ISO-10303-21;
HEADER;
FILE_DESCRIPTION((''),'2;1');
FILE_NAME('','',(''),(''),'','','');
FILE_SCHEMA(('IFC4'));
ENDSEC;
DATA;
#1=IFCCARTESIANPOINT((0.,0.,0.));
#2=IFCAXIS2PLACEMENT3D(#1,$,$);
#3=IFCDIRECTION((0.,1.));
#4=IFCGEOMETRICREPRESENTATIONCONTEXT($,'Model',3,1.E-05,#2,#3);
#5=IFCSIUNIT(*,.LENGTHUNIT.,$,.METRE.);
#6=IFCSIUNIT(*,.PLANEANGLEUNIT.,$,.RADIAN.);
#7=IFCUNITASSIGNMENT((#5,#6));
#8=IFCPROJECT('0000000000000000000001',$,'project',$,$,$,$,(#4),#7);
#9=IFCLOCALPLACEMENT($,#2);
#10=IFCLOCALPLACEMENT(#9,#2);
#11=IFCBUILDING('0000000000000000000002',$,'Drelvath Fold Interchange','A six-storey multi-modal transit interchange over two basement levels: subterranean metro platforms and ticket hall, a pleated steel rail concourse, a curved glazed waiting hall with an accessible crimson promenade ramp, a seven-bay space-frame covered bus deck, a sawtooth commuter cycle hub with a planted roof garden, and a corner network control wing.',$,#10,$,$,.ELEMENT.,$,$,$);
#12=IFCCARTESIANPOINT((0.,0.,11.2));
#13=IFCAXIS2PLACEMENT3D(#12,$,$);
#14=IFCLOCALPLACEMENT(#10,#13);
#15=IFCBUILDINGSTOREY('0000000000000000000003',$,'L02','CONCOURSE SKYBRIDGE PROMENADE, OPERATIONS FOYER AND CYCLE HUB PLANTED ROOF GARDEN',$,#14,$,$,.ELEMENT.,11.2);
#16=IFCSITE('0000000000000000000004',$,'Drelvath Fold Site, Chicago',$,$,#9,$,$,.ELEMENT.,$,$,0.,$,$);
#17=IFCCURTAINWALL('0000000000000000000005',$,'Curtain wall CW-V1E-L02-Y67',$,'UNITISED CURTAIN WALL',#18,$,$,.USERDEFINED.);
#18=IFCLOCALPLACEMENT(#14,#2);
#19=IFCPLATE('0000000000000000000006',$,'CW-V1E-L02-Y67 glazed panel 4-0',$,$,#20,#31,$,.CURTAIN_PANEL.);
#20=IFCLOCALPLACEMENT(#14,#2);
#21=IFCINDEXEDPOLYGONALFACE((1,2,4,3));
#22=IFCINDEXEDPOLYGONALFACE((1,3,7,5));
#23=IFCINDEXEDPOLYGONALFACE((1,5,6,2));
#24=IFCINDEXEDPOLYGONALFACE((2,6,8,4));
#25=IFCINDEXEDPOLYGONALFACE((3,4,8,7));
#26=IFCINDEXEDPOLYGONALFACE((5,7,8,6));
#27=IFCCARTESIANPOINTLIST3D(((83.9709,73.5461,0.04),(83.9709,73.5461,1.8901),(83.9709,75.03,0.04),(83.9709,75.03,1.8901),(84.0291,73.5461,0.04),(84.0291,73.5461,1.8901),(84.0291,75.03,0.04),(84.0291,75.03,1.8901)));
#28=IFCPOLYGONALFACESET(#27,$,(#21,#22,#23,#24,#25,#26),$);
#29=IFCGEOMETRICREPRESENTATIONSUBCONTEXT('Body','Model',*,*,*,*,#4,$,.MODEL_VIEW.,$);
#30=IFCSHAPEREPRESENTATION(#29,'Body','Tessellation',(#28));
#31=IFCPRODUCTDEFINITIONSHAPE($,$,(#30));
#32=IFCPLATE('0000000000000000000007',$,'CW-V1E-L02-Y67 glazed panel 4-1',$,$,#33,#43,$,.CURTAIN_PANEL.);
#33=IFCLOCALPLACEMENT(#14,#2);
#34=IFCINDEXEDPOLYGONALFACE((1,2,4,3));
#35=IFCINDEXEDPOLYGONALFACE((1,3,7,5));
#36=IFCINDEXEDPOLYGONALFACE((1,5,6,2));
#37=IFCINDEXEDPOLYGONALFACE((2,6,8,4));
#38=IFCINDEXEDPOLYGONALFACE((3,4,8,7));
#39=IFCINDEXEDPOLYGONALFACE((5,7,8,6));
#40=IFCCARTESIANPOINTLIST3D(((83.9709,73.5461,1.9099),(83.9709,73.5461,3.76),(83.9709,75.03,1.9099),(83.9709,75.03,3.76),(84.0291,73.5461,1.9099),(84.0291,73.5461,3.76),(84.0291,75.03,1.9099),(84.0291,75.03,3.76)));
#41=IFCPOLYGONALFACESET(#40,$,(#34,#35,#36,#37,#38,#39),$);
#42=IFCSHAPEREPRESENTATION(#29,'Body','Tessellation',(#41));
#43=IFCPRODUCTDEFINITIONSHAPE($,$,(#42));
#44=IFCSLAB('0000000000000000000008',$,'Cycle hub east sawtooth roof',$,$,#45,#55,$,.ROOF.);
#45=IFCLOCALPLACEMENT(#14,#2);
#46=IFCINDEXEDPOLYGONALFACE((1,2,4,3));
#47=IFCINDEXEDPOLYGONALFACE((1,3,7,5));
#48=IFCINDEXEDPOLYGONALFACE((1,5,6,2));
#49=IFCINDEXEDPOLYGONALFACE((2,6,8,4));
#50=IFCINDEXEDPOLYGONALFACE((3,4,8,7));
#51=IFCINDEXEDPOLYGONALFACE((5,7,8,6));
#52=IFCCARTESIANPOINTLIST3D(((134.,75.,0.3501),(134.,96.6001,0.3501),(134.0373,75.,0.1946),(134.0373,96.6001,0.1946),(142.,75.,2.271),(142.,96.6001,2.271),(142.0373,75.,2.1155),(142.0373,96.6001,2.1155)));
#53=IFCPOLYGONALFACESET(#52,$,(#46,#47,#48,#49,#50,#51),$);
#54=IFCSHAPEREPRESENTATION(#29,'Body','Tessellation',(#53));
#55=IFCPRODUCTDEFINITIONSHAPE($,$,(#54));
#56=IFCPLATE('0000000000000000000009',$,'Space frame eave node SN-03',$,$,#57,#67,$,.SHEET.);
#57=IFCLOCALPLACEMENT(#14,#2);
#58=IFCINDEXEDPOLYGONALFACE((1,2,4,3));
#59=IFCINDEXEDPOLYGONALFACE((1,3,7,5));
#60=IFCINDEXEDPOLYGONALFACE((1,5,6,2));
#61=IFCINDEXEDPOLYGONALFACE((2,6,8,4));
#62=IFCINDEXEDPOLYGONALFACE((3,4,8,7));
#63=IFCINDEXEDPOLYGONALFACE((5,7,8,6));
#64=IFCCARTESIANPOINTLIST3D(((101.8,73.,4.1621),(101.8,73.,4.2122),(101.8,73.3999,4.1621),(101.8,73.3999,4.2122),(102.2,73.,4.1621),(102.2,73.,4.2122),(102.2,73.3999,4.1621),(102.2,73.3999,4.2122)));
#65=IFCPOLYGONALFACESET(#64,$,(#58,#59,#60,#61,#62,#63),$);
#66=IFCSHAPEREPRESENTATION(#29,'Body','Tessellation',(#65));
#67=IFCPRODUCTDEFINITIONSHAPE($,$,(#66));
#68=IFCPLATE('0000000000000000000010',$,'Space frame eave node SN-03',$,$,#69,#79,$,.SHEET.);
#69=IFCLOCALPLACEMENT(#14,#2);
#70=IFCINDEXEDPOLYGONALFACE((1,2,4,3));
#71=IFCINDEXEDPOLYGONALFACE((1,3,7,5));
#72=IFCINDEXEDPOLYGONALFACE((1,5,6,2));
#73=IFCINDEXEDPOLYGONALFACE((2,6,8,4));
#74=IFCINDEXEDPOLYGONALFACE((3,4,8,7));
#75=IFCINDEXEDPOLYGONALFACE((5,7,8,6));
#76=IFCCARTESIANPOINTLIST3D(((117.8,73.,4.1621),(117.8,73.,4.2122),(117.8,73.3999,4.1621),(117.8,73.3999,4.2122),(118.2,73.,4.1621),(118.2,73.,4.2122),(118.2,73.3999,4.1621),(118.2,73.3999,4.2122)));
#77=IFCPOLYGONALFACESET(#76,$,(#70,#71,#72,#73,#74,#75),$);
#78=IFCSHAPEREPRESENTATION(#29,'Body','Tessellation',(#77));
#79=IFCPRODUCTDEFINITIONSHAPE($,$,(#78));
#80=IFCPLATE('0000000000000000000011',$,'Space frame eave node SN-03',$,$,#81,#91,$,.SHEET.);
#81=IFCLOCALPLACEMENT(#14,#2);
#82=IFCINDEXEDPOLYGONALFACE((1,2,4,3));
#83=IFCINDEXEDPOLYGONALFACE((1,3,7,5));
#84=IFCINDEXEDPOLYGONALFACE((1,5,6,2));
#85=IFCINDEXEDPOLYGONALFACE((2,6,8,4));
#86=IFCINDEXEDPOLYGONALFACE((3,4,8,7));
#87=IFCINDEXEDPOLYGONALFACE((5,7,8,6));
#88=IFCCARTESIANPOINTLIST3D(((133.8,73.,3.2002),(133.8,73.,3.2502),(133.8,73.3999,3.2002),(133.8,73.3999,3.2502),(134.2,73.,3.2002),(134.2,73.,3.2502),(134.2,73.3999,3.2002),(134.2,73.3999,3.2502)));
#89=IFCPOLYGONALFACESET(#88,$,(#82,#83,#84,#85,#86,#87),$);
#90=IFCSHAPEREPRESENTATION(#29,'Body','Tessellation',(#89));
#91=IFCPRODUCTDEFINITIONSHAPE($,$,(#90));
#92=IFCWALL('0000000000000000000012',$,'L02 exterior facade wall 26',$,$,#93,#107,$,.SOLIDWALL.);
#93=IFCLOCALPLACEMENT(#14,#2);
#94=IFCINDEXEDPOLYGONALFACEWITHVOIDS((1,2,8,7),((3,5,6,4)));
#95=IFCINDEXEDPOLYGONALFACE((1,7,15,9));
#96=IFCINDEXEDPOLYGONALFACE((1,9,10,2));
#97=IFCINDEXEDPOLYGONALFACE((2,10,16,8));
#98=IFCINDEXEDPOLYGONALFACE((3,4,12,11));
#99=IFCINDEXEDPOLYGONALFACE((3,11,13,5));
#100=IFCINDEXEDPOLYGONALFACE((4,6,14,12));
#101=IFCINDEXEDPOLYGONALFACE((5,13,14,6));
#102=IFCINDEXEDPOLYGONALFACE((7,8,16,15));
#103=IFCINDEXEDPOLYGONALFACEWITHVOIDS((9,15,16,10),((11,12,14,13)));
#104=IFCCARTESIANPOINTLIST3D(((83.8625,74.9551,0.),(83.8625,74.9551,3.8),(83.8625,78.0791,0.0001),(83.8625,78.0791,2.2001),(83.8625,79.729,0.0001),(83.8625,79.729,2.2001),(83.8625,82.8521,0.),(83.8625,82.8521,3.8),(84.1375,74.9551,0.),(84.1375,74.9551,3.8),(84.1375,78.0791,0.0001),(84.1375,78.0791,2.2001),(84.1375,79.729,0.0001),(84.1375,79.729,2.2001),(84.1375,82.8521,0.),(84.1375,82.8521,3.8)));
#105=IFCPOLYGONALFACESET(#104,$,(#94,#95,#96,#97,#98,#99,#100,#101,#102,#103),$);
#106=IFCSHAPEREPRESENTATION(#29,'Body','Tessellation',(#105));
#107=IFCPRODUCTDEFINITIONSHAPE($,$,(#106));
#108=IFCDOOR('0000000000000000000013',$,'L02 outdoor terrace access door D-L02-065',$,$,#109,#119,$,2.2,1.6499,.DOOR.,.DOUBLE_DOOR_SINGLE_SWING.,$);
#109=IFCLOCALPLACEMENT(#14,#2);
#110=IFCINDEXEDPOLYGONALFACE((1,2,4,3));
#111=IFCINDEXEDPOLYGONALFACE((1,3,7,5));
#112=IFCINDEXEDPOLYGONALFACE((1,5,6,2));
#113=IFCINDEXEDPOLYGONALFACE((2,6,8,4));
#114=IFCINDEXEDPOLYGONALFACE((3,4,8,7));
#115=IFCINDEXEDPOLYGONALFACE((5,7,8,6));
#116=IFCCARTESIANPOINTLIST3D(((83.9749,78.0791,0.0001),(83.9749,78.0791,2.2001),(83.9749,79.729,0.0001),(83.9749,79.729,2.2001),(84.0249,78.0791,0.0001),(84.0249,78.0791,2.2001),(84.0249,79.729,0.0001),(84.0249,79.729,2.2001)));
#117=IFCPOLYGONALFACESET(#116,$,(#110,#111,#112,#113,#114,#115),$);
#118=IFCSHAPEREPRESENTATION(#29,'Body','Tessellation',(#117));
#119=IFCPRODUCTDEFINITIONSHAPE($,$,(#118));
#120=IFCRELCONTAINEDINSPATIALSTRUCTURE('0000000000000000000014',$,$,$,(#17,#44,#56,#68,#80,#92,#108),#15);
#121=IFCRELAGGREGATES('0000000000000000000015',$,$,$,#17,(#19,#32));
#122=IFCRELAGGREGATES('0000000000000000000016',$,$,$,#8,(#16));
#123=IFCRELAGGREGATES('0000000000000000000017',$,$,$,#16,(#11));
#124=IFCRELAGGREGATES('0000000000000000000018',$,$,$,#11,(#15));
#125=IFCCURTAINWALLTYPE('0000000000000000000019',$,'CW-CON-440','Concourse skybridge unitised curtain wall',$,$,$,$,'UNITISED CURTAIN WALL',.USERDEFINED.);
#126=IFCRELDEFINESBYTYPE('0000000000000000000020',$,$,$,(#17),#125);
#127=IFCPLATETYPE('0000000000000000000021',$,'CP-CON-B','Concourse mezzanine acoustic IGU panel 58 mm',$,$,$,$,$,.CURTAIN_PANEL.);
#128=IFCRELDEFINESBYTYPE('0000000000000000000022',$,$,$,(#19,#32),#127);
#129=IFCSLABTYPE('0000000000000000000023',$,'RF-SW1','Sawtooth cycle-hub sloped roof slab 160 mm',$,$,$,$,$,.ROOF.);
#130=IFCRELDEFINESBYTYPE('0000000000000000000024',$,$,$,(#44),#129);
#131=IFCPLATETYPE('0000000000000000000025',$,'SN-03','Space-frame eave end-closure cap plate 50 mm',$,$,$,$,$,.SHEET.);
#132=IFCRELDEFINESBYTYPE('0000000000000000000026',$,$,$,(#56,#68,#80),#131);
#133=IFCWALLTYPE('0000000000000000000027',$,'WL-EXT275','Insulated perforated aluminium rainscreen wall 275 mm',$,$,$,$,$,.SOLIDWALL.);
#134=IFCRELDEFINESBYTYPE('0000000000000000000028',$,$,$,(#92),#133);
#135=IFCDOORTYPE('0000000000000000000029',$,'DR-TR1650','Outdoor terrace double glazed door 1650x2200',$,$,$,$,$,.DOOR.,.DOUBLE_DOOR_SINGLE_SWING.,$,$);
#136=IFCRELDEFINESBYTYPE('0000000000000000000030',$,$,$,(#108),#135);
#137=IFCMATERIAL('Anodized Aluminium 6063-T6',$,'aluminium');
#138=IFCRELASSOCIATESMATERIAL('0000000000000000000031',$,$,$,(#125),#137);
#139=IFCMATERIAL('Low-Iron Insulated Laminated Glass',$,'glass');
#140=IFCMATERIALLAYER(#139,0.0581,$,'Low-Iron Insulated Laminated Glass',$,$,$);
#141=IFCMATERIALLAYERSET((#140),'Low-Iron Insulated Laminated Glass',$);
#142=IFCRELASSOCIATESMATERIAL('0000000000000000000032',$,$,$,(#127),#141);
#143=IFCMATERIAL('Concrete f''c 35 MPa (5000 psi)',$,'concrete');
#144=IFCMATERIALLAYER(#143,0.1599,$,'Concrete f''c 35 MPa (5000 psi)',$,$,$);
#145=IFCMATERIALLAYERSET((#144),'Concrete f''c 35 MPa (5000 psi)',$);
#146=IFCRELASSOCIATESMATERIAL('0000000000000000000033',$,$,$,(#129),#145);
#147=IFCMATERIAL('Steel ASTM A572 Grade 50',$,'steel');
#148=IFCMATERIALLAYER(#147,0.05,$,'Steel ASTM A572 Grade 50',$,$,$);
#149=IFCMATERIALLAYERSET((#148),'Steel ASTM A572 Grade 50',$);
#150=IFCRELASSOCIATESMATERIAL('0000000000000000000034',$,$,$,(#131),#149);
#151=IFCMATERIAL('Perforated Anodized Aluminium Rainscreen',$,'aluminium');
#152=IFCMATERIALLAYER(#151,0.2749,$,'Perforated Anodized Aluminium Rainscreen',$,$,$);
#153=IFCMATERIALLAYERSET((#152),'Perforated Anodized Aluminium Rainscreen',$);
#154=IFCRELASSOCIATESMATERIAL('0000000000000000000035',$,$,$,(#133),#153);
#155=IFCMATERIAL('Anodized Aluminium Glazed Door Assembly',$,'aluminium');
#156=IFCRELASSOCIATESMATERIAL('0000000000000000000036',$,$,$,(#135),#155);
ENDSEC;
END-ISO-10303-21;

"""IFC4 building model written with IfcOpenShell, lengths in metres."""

from ifc_helpers import new_model, si_unit, direction, frame, frame_2d, origin, origin_2d, place, context, subcontext, project, spatial, polyline, rectangle, outline, extrude, material, layer, layer_set, type_object, element, fill, aggregate, save


model = new_model("IFC4")

# Units and contexts
model_context = context("Model", 3, precision=1e-05, world=origin(), true_north=direction((0.0, 1.0)))
body_context = subcontext(model_context, "Body", "Model", "MODEL_VIEW")
ifc_project = project(units=[si_unit("LENGTHUNIT", "METRE"), si_unit("PLANEANGLEUNIT", "RADIAN")], contexts=[model_context])

# Site, building, storey
site_placement = place(None, origin())
site = spatial("IfcSite", under=ifc_project, at=site_placement, Name="Drelvath Fold Site, Chicago", CompositionType="ELEMENT", RefElevation=0.0)
building_placement = place(site_placement, origin())
building = spatial("IfcBuilding", under=site, at=building_placement, Name="Drelvath Fold Interchange", Description="A six-storey multi-modal transit interchange over two basement levels: subterranean metro platforms and ticket hall, a pleated steel rail concourse, a curved glazed waiting hall with an accessible crimson promenade ramp, a seven-bay space-frame covered bus deck, a sawtooth commuter cycle hub with a planted roof garden, and a corner network control wing.", CompositionType="ELEMENT")
storey_placement = place(building_placement, frame((0.0, 0.0, 11.2)))
storey = spatial("IfcBuildingStorey", under=building, at=storey_placement, Name="L02", Description="CONCOURSE SKYBRIDGE PROMENADE, OPERATIONS FOYER AND CYCLE HUB PLANTED ROOF GARDEN", CompositionType="ELEMENT", Elevation=11.2)

# Curtain wall, plates
ifc_material_1 = material(Name="Anodized Aluminium 6063-T6", Category="aluminium")
curtain_wall_type = type_object("IfcCurtainWallType", Name="CW-CON-440", Description="Concourse skybridge unitised curtain wall", ElementType="UNITISED CURTAIN WALL", PredefinedType="USERDEFINED", material=ifc_material_1)
curtain_wall_placement = place(storey_placement, origin())
curtain_wall = element("IfcCurtainWall", 1, at=curtain_wall_placement, inside=storey, type_object=curtain_wall_type, Name="Curtain wall CW-V1E-L02-Y67", ObjectType="UNITISED CURTAIN WALL", PredefinedType="USERDEFINED")
ifc_material_2 = material(Name="Low-Iron Insulated Laminated Glass", Category="glass")
ifc_layer_1 = layer(ifc_material_2, 0.0581, Name="Low-Iron Insulated Laminated Glass")
ifc_layer_set_1 = layer_set([ifc_layer_1], Name="Low-Iron Insulated Laminated Glass")
plate_type_1 = type_object("IfcPlateType", Name="CP-CON-B", Description="Concourse mezzanine acoustic IGU panel 58 mm", PredefinedType="CURTAIN_PANEL", material=ifc_layer_set_1)
plate_1_placement = place(storey_placement, frame((84.0, 74.2881, 0.04), z_axis=(0.0, 0.0, 1.0), x_axis=(0.0, 1.0, 0.0)))
plate_1 = element("IfcPlate", 2, at=plate_1_placement, type_object=plate_type_1, Name="CW-V1E-L02-Y67 glazed panel 4-0", PredefinedType="CURTAIN_PANEL", context=body_context, shape_type="SweptSolid", body=[
    extrude(rectangle(XDim=1.4839, YDim=0.0581, at=origin_2d()), origin(), (0.0, 0.0, 1.0), 1.8501),
])
plate_2_placement = place(storey_placement, frame((84.0, 74.2881, 1.9099), z_axis=(0.0, 0.0, 1.0), x_axis=(0.0, 1.0, 0.0)))
plate_2 = element("IfcPlate", 3, at=plate_2_placement, type_object=plate_type_1, Name="CW-V1E-L02-Y67 glazed panel 4-1", PredefinedType="CURTAIN_PANEL", context=body_context, shape_type="SweptSolid", body=[
    extrude(rectangle(XDim=1.4839, YDim=0.0581, at=origin_2d()), origin(), (0.0, 0.0, 1.0), 1.8501),
])
aggregate(curtain_wall, [plate_1, plate_2])

# Slab
ifc_material_3 = material(Name="Concrete f'c 35 MPa (5000 psi)", Category="concrete")
ifc_layer_2 = layer(ifc_material_3, 0.1599, Name="Concrete f'c 35 MPa (5000 psi)")
ifc_layer_set_2 = layer_set([ifc_layer_2], Name="Concrete f'c 35 MPa (5000 psi)")
slab_type = type_object("IfcSlabType", Name="RF-SW1", Description="Sawtooth cycle-hub sloped roof slab 160 mm", PredefinedType="ROOF", material=ifc_layer_set_2)
slab_placement = place(storey_placement, frame((134.0, 75.0, 0.3501), z_axis=(-0.233476, 0.0, 0.972363), x_axis=(0.972363, 0.0, 0.233476)))
element("IfcSlab", 4, at=slab_placement, inside=storey, type_object=slab_type, Name="Cycle hub east sawtooth roof", PredefinedType="ROOF", context=body_context, shape_type="SweptSolid", body=[
    extrude(outline(polyline([(0.0, 0.0), (8.2274, 0.0), (8.2274, 21.6001), (0.0, 21.6001), (0.0, 0.0)])), origin(), (0.0, 0.0, -1.0), 0.1599),
])

# Plates
ifc_material_4 = material(Name="Steel ASTM A572 Grade 50", Category="steel")
ifc_layer_3 = layer(ifc_material_4, 0.05, Name="Steel ASTM A572 Grade 50")
ifc_layer_set_3 = layer_set([ifc_layer_3], Name="Steel ASTM A572 Grade 50")
plate_type_2 = type_object("IfcPlateType", Name="SN-03", Description="Space-frame eave end-closure cap plate 50 mm", PredefinedType="SHEET", material=ifc_layer_set_3)
for number, where, z_axis, x_axis, name in (
    (5, (102.0, 73.2, 4.1621), (0.0, 0.0, 1.0), (1.0, 0.0, 0.0), "Space frame eave node SN-03"),
    (6, (118.0, 73.2, 4.1621), (0.0, 0.0, 1.0), (1.0, 0.0, 0.0), "Space frame eave node SN-03"),
    (7, (134.0, 73.2, 3.2002), (0.0, 0.0, 1.0), (1.0, 0.0, 0.0), "Space frame eave node SN-03"),
):
    element("IfcPlate", number, at=place(storey_placement, frame(where, z_axis=z_axis, x_axis=x_axis)), inside=storey, type_object=plate_type_2, Name=name, PredefinedType="SHEET", context=body_context, shape_type="SweptSolid", body=[
        extrude(rectangle(XDim=0.3999, YDim=0.3999, at=origin_2d()), origin(), (0.0, 0.0, 1.0), 0.05),
    ])

# Wall, opening, door
ifc_material_5 = material(Name="Perforated Anodized Aluminium Rainscreen", Category="aluminium")
ifc_layer_4 = layer(ifc_material_5, 0.2749, Name="Perforated Anodized Aluminium Rainscreen")
ifc_layer_set_4 = layer_set([ifc_layer_4], Name="Perforated Anodized Aluminium Rainscreen")
wall_type = type_object("IfcWallType", Name="WL-EXT275", Description="Insulated perforated aluminium rainscreen wall 275 mm", PredefinedType="SOLIDWALL", material=ifc_layer_set_4)
wall_placement = place(storey_placement, frame((84.0, 74.9551, 0.0), z_axis=(0.0, 0.0, 1.0), x_axis=(0.0, 1.0, 0.0)))
wall = element("IfcWall", 8, at=wall_placement, inside=storey, type_object=wall_type, Name="L02 exterior facade wall 26", PredefinedType="SOLIDWALL", context=body_context, shape_type="SweptSolid", body=[
    extrude(rectangle(XDim=7.897, YDim=0.2749, at=frame_2d((3.9485, 0.0))), origin(), (0.0, 0.0, 1.0), 3.8),
])
opening_placement = place(wall_placement, frame((3.124, 0.0, 0.0)))
opening = element("IfcOpeningElement", 9, at=opening_placement, cuts=wall, PredefinedType="OPENING", context=body_context, shape_type="SweptSolid", body=[
    extrude(rectangle(XDim=1.6499, YDim=2.2, at=frame_2d((0.825, 1.1001))), frame((0.0, 0.1475, 0.0), z_axis=(0.0, -1.0, 0.0), x_axis=(1.0, 0.0, 0.0)), (0.0, 0.0, 1.0), 0.2949),
])
ifc_material_6 = material(Name="Anodized Aluminium Glazed Door Assembly", Category="aluminium")
door_type = type_object("IfcDoorType", Name="DR-TR1650", Description="Outdoor terrace double glazed door 1650x2200", OperationType="DOUBLE_DOOR_SINGLE_SWING", PredefinedType="DOOR", material=ifc_material_6)
door_placement = place(opening_placement, frame((1.6499, 0.0, 0.0), z_axis=(0.0, 0.0, 1.0), x_axis=(-1.0, 0.0, 0.0)))
door = element("IfcDoor", 10, at=door_placement, inside=storey, type_object=door_type, Name="L02 outdoor terrace access door D-L02-065", OperationType="DOUBLE_DOOR_SINGLE_SWING", OverallHeight=2.2, OverallWidth=1.6499, PredefinedType="DOOR", context=body_context, shape_type="SweptSolid", body=[
    extrude(rectangle(XDim=1.6499, YDim=2.2, at=frame_2d((0.825, 1.1001))), frame((0.0, 0.0249, 0.0), z_axis=(0.0, -1.0, 0.0), x_axis=(1.0, 0.0, 0.0)), (0.0, 0.0, 1.0), 0.05),
])
fill(opening, door)

save(model, "model.ifc")
